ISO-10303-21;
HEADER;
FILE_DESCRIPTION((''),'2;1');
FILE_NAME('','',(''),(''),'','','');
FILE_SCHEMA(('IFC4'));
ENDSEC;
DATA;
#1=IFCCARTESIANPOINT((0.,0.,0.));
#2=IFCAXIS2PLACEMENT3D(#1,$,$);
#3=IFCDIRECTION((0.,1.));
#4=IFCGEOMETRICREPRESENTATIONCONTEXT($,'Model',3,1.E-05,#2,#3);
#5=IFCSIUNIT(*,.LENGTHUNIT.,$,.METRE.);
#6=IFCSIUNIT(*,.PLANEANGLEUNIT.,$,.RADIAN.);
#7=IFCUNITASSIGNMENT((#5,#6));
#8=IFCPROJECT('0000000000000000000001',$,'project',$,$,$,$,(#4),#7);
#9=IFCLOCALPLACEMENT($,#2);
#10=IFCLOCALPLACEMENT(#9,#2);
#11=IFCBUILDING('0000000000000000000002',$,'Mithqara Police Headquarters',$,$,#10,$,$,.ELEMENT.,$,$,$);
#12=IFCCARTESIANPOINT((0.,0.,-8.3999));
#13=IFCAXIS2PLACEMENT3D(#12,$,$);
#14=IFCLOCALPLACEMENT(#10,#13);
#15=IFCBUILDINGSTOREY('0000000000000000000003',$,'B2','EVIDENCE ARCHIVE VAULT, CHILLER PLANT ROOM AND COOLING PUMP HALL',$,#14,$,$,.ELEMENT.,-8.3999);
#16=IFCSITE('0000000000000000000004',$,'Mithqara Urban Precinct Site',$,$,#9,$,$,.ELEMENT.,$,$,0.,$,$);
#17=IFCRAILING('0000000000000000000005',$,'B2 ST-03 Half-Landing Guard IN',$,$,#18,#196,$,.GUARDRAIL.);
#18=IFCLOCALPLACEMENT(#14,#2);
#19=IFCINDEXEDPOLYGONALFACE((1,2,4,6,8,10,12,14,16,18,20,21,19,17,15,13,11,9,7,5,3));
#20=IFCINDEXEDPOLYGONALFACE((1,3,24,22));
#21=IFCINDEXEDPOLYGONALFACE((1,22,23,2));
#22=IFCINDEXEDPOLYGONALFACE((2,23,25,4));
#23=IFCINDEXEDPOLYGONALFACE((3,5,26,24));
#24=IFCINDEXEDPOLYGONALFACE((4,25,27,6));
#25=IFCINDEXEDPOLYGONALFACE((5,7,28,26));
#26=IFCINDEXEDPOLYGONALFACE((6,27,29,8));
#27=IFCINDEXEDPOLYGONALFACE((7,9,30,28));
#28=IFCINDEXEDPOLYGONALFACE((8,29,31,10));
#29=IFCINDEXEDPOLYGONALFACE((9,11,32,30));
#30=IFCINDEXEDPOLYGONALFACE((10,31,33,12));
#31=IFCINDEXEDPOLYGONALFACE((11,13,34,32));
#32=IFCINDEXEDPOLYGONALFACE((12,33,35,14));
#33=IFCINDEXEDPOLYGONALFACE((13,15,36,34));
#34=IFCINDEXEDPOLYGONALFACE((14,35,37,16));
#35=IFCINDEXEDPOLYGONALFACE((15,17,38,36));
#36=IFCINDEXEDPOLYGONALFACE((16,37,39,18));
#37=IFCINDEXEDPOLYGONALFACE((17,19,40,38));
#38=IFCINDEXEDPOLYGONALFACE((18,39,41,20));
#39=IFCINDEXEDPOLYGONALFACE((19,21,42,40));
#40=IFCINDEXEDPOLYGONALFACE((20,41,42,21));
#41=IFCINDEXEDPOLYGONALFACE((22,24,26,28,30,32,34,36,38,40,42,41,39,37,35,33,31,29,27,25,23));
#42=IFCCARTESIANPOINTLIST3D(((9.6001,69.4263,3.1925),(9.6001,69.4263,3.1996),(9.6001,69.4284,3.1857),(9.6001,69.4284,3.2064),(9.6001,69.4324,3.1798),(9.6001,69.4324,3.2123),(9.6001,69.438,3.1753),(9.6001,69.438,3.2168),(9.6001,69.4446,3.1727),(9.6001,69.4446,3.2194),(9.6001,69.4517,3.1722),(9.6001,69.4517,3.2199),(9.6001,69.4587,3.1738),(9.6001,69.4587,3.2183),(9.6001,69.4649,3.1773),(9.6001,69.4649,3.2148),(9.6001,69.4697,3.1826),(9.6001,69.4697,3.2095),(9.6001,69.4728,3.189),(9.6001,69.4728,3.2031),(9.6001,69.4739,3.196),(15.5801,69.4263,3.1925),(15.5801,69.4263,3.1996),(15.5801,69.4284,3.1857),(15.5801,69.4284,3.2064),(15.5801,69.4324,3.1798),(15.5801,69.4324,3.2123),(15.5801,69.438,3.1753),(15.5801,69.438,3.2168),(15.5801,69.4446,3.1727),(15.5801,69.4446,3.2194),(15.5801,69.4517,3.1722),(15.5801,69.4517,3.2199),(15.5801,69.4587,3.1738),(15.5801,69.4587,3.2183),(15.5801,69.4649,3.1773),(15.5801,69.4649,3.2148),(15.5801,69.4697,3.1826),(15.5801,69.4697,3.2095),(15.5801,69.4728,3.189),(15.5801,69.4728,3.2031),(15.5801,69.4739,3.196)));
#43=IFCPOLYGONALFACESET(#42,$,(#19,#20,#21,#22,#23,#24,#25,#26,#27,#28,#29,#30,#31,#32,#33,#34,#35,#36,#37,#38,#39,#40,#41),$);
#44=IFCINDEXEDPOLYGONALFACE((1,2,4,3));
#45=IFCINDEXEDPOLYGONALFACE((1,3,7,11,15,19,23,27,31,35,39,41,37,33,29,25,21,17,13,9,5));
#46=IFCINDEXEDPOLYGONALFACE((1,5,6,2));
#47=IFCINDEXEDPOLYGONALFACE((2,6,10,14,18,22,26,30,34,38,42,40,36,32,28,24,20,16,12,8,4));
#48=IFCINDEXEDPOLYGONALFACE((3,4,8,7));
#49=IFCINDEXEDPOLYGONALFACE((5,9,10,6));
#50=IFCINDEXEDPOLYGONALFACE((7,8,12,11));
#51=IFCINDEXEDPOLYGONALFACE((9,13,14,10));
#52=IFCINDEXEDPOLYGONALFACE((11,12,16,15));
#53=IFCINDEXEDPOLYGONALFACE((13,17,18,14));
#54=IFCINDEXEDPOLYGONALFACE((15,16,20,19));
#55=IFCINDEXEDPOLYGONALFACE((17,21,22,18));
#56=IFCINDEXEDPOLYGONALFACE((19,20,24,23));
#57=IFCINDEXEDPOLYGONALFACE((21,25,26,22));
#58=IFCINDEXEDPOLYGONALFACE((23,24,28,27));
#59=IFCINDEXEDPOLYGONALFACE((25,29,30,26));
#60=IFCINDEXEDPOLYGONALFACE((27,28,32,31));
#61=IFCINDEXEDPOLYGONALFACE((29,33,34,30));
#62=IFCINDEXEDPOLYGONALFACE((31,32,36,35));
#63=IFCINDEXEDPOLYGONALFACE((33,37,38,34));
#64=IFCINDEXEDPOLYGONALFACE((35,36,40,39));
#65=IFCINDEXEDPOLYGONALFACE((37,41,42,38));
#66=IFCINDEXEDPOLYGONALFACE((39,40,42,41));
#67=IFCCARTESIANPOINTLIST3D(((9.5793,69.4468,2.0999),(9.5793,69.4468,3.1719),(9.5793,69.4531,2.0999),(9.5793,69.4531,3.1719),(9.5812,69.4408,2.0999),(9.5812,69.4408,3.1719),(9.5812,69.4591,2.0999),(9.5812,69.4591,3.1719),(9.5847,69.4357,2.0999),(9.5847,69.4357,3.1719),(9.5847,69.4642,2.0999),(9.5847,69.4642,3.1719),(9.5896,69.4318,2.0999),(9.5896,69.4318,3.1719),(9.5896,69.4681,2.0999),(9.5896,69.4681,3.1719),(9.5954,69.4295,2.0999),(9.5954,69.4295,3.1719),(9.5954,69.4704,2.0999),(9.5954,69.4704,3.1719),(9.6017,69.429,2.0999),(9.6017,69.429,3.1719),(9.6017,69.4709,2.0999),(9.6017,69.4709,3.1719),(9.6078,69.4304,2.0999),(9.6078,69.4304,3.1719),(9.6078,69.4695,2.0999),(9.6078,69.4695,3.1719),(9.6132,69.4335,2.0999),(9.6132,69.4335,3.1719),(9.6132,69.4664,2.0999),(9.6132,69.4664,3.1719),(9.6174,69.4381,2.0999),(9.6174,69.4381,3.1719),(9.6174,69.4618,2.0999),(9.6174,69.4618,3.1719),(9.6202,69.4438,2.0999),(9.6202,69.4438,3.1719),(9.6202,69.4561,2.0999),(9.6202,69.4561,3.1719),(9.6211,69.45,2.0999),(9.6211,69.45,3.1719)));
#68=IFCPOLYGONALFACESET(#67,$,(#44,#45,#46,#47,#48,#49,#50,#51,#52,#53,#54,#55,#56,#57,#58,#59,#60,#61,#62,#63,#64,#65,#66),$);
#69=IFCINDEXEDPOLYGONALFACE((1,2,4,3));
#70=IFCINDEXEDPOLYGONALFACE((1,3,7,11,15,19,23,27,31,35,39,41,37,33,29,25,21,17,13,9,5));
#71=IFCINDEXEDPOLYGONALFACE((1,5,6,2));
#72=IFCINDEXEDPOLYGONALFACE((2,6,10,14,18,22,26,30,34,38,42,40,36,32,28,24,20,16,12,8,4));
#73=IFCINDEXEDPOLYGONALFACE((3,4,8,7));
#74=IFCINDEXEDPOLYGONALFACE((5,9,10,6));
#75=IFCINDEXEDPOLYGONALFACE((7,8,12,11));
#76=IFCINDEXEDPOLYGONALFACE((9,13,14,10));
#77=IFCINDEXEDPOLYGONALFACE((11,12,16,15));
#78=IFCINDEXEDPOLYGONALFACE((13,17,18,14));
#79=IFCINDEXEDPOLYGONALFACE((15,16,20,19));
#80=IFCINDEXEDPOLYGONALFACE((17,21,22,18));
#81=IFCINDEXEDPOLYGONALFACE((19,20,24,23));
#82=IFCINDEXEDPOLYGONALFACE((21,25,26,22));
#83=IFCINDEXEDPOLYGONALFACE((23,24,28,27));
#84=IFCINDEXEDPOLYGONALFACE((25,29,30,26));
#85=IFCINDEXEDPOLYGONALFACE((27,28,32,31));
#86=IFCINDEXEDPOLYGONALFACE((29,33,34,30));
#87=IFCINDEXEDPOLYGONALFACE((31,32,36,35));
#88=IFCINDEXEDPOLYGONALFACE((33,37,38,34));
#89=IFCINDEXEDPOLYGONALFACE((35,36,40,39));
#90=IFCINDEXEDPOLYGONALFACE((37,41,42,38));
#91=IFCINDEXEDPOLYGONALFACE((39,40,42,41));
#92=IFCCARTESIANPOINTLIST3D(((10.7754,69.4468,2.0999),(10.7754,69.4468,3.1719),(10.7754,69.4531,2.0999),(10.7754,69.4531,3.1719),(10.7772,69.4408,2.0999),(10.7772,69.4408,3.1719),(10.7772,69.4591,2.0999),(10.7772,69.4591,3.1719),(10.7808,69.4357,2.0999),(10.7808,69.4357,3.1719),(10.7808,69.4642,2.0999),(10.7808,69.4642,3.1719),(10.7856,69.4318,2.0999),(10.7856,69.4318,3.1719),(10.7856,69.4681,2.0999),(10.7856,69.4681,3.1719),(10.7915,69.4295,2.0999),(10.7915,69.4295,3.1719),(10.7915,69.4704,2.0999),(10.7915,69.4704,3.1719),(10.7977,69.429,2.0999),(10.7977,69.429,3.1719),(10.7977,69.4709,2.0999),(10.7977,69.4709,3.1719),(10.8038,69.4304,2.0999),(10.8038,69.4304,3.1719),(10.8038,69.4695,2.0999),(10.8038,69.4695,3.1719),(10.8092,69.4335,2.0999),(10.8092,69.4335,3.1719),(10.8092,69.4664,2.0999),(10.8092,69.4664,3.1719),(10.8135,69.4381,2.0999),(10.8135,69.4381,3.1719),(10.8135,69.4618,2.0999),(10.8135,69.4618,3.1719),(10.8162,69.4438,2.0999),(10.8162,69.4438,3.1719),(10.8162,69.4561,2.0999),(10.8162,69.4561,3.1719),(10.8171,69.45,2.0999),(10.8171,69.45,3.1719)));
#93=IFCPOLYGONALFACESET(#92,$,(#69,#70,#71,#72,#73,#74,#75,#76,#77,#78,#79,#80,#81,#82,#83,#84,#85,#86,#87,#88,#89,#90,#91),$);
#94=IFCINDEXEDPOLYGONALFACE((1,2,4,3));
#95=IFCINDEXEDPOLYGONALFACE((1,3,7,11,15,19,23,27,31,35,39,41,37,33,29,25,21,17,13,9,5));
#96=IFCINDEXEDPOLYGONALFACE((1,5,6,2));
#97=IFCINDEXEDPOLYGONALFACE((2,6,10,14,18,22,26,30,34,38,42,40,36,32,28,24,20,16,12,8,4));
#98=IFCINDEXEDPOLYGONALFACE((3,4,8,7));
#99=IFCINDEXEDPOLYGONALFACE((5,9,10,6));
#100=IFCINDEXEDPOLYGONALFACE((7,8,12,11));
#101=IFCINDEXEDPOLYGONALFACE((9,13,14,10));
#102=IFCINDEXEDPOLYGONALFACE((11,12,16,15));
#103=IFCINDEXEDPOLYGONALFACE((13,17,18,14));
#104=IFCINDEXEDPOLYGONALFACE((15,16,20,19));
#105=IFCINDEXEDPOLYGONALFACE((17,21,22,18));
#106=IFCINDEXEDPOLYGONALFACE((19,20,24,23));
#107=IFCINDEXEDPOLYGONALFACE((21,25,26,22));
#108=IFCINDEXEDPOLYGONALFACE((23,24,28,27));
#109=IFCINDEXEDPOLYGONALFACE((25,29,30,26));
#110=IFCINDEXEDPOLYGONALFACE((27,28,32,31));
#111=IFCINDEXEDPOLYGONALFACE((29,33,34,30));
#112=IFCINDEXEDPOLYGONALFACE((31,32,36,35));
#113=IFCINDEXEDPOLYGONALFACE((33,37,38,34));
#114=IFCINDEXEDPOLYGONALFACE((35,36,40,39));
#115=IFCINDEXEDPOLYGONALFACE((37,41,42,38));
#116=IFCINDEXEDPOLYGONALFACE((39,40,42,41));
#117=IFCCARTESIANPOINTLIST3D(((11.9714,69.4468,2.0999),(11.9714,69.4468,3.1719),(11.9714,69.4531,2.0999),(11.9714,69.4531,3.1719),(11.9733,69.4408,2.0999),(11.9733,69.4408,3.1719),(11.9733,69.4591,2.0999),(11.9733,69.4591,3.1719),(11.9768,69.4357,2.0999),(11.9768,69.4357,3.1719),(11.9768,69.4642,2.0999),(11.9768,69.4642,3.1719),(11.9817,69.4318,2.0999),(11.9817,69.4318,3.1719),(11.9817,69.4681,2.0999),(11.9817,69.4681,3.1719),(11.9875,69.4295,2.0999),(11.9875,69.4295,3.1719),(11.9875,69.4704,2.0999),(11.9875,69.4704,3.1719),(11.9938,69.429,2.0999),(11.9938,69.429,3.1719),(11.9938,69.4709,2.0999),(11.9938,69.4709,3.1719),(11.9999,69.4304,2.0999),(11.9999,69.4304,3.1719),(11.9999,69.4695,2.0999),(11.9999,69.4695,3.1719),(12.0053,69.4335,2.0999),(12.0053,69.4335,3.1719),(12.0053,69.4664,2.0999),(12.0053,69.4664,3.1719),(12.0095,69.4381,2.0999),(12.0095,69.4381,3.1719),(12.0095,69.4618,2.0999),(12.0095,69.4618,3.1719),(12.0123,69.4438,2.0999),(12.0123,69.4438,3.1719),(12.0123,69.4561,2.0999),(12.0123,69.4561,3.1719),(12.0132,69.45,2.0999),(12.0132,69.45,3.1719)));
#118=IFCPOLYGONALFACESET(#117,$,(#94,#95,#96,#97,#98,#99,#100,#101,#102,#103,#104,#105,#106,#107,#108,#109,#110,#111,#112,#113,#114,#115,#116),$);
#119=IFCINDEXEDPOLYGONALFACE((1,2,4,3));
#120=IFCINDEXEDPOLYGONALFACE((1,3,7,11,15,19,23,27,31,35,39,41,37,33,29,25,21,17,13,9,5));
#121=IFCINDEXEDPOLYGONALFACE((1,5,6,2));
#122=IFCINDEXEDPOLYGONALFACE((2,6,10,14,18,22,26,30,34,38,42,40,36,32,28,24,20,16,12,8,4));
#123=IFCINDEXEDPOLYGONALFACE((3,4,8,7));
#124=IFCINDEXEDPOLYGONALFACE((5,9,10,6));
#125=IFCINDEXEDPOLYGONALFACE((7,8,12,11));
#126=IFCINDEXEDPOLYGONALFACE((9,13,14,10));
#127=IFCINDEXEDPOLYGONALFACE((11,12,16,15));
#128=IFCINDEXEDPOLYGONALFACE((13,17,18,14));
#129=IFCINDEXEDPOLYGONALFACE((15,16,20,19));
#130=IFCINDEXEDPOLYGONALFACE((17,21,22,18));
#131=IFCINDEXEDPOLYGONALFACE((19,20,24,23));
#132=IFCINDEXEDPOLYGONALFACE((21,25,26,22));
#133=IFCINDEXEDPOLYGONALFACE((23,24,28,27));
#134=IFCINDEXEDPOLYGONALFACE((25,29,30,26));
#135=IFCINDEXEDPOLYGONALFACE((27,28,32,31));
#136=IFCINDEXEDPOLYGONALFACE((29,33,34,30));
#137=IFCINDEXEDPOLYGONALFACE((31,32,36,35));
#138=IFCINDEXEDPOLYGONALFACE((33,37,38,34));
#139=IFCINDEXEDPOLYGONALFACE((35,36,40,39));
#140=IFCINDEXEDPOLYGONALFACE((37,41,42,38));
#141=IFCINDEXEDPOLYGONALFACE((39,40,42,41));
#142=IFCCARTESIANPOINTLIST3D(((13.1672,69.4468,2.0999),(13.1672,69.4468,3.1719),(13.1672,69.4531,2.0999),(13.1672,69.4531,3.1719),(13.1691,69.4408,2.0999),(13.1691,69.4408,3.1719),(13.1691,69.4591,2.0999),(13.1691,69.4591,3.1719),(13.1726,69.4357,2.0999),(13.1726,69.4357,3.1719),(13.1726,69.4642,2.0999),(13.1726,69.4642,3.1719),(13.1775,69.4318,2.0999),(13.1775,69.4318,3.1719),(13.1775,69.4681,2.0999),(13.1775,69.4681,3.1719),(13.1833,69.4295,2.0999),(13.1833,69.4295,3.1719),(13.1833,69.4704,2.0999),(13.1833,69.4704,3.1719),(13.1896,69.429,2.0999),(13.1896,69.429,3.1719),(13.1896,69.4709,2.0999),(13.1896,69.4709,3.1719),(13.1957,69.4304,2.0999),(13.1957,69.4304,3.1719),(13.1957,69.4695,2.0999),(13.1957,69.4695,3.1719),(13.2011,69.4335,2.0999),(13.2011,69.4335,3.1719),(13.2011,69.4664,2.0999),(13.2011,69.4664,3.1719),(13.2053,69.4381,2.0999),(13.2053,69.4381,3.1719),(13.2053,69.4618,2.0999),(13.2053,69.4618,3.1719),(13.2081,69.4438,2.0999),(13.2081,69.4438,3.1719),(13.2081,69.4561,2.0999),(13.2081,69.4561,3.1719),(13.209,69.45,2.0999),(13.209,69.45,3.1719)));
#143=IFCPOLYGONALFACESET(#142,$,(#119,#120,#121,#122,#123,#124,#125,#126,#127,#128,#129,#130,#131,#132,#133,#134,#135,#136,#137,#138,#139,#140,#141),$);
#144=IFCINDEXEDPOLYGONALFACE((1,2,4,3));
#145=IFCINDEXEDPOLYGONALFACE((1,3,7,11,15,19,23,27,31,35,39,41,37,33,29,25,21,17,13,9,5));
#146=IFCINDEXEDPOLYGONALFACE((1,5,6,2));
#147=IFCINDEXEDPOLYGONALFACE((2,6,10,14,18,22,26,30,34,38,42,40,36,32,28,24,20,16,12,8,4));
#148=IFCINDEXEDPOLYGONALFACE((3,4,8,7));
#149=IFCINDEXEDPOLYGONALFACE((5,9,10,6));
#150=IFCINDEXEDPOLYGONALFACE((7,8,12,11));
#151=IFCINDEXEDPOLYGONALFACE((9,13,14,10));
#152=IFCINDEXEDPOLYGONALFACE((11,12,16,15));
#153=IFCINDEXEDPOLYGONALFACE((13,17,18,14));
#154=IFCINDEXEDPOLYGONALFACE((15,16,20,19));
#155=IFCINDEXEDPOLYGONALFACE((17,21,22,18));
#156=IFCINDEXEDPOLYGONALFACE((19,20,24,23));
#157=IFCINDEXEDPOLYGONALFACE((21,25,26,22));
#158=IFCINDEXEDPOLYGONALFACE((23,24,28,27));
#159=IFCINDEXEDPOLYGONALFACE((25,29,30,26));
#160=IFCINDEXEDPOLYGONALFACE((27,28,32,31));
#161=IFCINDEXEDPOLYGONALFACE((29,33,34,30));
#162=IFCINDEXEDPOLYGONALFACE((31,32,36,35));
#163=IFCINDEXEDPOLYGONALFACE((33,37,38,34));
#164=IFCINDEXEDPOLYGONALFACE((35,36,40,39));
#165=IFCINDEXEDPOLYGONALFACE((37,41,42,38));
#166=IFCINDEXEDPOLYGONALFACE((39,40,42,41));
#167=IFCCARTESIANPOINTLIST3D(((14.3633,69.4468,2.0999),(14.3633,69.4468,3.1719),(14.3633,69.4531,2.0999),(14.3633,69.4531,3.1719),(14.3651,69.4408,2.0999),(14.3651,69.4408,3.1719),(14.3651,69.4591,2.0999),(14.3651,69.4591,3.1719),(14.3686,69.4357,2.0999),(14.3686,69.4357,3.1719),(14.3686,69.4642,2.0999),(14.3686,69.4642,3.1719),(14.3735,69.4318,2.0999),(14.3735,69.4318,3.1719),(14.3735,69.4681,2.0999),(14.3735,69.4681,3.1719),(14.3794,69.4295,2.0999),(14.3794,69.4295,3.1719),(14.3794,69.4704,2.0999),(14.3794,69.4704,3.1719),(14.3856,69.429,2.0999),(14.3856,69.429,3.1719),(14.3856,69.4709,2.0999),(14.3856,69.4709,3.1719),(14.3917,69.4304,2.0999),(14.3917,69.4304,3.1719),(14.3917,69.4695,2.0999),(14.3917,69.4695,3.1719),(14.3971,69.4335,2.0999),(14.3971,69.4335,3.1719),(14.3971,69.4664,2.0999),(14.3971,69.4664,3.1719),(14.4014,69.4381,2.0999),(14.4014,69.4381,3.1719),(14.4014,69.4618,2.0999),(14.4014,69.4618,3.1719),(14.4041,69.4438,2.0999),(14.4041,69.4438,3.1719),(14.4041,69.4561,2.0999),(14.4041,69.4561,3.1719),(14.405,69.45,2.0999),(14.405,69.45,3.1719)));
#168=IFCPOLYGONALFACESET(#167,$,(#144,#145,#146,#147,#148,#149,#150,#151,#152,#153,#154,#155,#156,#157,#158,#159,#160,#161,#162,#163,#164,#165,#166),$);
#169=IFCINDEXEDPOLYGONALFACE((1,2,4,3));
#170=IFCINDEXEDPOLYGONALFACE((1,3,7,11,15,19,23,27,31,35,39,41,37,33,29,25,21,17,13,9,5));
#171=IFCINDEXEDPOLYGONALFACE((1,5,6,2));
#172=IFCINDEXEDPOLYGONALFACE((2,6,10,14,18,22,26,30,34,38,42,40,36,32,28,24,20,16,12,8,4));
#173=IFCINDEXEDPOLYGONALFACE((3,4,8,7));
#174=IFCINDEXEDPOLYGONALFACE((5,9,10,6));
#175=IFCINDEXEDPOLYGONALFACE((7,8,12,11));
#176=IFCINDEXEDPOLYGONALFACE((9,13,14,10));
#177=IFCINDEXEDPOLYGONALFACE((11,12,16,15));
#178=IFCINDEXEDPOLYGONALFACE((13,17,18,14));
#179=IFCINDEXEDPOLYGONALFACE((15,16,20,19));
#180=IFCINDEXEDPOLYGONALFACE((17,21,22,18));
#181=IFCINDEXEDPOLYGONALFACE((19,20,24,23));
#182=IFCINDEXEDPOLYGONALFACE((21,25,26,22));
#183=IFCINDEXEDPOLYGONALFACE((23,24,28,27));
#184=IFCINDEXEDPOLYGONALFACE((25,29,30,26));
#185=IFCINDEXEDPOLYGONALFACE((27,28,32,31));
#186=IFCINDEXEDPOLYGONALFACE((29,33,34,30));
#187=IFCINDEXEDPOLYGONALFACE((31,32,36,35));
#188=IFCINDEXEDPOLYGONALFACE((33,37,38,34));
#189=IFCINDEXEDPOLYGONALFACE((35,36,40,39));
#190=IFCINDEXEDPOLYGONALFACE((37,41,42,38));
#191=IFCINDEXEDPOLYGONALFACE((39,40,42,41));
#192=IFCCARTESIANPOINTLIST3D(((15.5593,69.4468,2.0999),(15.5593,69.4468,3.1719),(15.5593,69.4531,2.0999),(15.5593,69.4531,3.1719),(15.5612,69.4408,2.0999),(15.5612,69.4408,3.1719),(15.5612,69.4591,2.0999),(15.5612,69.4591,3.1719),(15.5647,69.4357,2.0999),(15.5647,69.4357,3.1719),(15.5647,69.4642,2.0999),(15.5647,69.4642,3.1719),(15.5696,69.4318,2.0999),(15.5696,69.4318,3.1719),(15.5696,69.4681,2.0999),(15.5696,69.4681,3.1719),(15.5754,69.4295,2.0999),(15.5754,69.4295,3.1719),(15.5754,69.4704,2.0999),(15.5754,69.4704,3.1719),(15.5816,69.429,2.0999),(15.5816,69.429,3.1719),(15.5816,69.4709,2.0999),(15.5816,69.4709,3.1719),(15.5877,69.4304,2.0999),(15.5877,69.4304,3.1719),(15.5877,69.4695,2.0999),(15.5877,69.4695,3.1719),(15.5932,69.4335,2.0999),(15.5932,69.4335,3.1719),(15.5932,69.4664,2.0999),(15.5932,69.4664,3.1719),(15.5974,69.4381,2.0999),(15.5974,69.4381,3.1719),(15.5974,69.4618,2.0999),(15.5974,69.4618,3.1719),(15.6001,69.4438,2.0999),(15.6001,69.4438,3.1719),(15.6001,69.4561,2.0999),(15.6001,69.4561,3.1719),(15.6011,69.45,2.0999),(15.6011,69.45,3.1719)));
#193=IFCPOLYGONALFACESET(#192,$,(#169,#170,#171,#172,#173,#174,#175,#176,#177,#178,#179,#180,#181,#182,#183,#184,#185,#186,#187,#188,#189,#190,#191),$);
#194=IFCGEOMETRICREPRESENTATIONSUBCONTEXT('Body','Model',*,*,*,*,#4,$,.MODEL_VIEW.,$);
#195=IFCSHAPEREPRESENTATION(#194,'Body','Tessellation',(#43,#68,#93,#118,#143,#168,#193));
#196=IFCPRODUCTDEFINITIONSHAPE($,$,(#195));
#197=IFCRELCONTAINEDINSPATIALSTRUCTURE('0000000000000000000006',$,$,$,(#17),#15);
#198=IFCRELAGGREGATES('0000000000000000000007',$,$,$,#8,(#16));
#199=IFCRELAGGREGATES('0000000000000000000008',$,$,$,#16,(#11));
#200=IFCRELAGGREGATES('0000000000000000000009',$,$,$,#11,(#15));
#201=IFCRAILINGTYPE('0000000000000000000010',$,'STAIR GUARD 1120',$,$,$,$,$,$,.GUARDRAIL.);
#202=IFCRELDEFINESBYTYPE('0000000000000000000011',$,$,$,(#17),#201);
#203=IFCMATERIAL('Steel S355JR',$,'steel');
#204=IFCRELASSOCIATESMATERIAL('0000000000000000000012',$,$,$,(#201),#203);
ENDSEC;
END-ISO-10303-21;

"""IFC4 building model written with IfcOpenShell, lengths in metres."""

from ifc_helpers import new_model, si_unit, direction, frame, origin, origin_2d, place, context, subcontext, project, spatial, circle, extrude, material, type_object, element, save


model = new_model("IFC4")

# Units and contexts
model_context = context("Model", 3, precision=1e-05, world=origin(), true_north=direction((0.0, 1.0)))
body_context = subcontext(model_context, "Body", "Model", "MODEL_VIEW")
ifc_project = project(units=[si_unit("LENGTHUNIT", "METRE"), si_unit("PLANEANGLEUNIT", "RADIAN")], contexts=[model_context])

# Site, building, storey
site_placement = place(None, origin())
site = spatial("IfcSite", under=ifc_project, at=site_placement, Name="Mithqara Urban Precinct Site", CompositionType="ELEMENT", RefElevation=0.0)
building_placement = place(site_placement, origin())
building = spatial("IfcBuilding", under=site, at=building_placement, Name="Mithqara Police Headquarters", CompositionType="ELEMENT")
storey_placement = place(building_placement, frame((0.0, 0.0, -8.3999)))
storey = spatial("IfcBuildingStorey", under=building, at=storey_placement, Name="B2", Description="EVIDENCE ARCHIVE VAULT, CHILLER PLANT ROOM AND COOLING PUMP HALL", CompositionType="ELEMENT", Elevation=-8.3999)

# Shared definitions
ifc_material_1 = material(Name="Steel S355JR", Category="steel")

# Railing
railing_type_1 = type_object("IfcRailingType", Name="STAIR GUARD 1120", PredefinedType="GUARDRAIL", material=ifc_material_1)
for number, where, name in (
    (1, (9.6001, 69.45, 2.0999), "B2 ST-03 Half-Landing Guard IN"),
):
    element("IfcRailing", number, at=place(storey_placement, frame(where)), inside=storey, type_object=railing_type_1, Name=name, PredefinedType="GUARDRAIL", context=body_context, shape_type="SweptSolid", body=[
        extrude(circle(Radius=0.0239, at=origin_2d()), frame((0.0, 0.0, 1.0962), z_axis=(1.0, 0.0, 0.0), x_axis=(0.0, 1.0, 0.0)), (0.0, 0.0, 1.0), 5.98),
        extrude(circle(Radius=0.021, at=origin_2d()), origin(), (0.0, 0.0, 1.0), 1.072),
        extrude(circle(Radius=0.021, at=origin_2d()), frame((1.196, 0.0, 0.0)), (0.0, 0.0, 1.0), 1.072),
        extrude(circle(Radius=0.021, at=origin_2d()), frame((2.3921, 0.0, 0.0)), (0.0, 0.0, 1.0), 1.072),
        extrude(circle(Radius=0.021, at=origin_2d()), frame((3.5879, 0.0, 0.0)), (0.0, 0.0, 1.0), 1.072),
        extrude(circle(Radius=0.021, at=origin_2d()), frame((4.7839, 0.0, 0.0)), (0.0, 0.0, 1.0), 1.072),
        extrude(circle(Radius=0.021, at=origin_2d()), frame((5.98, 0.0, 0.0)), (0.0, 0.0, 1.0), 1.072),
    ])

save(model, "model.ifc")
